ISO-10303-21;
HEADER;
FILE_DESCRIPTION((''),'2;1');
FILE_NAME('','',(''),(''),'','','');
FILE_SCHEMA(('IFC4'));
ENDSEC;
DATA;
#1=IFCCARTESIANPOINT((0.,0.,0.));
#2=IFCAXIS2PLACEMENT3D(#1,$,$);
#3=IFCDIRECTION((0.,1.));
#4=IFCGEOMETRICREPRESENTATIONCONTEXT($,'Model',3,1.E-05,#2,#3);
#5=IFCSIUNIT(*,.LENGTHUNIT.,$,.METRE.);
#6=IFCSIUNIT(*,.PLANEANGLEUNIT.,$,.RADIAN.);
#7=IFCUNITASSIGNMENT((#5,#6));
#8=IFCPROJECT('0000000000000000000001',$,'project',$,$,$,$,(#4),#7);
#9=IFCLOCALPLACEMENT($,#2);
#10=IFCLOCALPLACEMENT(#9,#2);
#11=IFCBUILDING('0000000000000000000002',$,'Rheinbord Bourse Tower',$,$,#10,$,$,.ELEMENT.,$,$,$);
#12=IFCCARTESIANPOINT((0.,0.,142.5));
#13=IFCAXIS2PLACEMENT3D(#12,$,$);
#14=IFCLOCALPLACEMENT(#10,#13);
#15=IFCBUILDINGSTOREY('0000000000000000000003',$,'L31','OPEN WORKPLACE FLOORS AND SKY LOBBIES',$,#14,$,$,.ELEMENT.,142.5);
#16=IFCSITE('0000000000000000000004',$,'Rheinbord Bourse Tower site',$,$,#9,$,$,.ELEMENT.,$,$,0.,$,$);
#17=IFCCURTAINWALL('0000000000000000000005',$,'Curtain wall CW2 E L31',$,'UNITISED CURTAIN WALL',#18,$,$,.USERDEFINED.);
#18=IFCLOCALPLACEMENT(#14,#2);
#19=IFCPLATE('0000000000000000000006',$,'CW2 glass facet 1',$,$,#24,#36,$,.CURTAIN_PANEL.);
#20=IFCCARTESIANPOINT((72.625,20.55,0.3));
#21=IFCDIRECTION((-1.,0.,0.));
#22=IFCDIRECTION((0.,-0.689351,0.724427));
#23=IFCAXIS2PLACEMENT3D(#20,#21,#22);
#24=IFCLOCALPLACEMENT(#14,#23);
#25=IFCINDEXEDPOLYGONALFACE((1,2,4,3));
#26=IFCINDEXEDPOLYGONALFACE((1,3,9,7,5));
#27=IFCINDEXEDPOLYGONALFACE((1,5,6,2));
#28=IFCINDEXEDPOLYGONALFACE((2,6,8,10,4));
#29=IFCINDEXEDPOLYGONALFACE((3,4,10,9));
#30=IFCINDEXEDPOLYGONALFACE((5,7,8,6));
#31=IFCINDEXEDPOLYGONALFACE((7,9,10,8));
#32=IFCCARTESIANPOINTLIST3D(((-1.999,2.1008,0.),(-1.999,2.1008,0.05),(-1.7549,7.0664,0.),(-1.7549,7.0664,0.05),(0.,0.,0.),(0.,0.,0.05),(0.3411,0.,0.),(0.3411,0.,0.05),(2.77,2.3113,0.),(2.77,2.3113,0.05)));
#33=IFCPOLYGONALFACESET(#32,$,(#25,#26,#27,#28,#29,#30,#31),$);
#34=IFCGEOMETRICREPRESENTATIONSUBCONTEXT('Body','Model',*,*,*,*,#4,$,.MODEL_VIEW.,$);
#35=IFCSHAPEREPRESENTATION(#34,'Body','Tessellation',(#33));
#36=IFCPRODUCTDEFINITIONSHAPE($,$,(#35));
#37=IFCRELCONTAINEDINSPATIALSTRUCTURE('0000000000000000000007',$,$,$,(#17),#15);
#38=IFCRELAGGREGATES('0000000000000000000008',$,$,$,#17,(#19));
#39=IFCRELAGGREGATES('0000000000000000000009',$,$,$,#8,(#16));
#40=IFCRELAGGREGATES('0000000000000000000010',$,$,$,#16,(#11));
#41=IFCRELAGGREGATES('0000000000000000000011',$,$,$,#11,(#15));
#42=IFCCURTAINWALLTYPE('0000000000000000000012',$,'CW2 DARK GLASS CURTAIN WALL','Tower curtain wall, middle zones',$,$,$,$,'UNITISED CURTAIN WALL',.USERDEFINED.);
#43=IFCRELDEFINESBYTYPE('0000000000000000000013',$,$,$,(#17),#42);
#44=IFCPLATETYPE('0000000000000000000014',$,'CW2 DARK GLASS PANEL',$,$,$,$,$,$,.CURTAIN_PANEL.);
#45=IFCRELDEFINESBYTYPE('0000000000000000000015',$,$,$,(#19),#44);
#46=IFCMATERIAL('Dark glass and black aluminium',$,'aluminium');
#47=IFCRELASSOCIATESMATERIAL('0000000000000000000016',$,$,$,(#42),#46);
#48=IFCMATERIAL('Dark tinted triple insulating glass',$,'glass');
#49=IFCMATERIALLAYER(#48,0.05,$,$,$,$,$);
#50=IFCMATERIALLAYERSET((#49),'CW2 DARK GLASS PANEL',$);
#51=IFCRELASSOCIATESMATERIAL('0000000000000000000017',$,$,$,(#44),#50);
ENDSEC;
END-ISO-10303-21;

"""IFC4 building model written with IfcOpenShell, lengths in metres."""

from ifc_helpers import new_model, si_unit, direction, frame, origin, place, context, subcontext, project, spatial, polyline, outline, extrude, material, layer, layer_set, type_object, element, aggregate, save


model = new_model("IFC4")

# Units and contexts
model_context = context("Model", 3, precision=1e-05, world=origin(), true_north=direction((0.0, 1.0)))
body_context = subcontext(model_context, "Body", "Model", "MODEL_VIEW")
ifc_project = project(units=[si_unit("LENGTHUNIT", "METRE"), si_unit("PLANEANGLEUNIT", "RADIAN")], contexts=[model_context])

# Site, building, storey
site_placement = place(None, origin())
site = spatial("IfcSite", under=ifc_project, at=site_placement, Name="Rheinbord Bourse Tower site", CompositionType="ELEMENT", RefElevation=0.0)
building_placement = place(site_placement, origin())
building = spatial("IfcBuilding", under=site, at=building_placement, Name="Rheinbord Bourse Tower", CompositionType="ELEMENT")
storey_placement = place(building_placement, frame((0.0, 0.0, 142.5)))
storey = spatial("IfcBuildingStorey", under=building, at=storey_placement, Name="L31", Description="OPEN WORKPLACE FLOORS AND SKY LOBBIES", CompositionType="ELEMENT", Elevation=142.5)

# Curtain wall
ifc_material_1 = material(Name="Dark glass and black aluminium", Category="aluminium")
curtain_wall_type = type_object("IfcCurtainWallType", Name="CW2 DARK GLASS CURTAIN WALL", Description="Tower curtain wall, middle zones", ElementType="UNITISED CURTAIN WALL", PredefinedType="USERDEFINED", material=ifc_material_1)
curtain_wall_placement = place(storey_placement, origin())
curtain_wall = element("IfcCurtainWall", 1, at=curtain_wall_placement, inside=storey, type_object=curtain_wall_type, Name="Curtain wall CW2 E L31", ObjectType="UNITISED CURTAIN WALL", PredefinedType="USERDEFINED")

# Plate
ifc_material_2 = material(Name="Dark tinted triple insulating glass", Category="glass")
ifc_layer_1 = layer(ifc_material_2, 0.05)
ifc_layer_set_1 = layer_set([ifc_layer_1], Name="CW2 DARK GLASS PANEL")
plate_type = type_object("IfcPlateType", Name="CW2 DARK GLASS PANEL", PredefinedType="CURTAIN_PANEL", material=ifc_layer_set_1)
plate_1_placement = place(storey_placement, frame((72.625, 20.55, 0.3), z_axis=(-1.0, 0.0, 0.0), x_axis=(0.0, -0.689351, 0.724427)))
plate_1 = element("IfcPlate", 2, at=plate_1_placement, type_object=plate_type, Name="CW2 glass facet 1", PredefinedType="CURTAIN_PANEL", context=body_context, shape_type="SweptSolid", body=[
    extrude(outline(polyline([(0.0, 0.0), (0.3411, 0.0), (2.77, 2.3113), (-1.7549, 7.0664), (-1.999, 2.1008), (0.0, 0.0)])), origin(), (0.0, 0.0, 1.0), 0.05),
])
aggregate(curtain_wall, [plate_1])

save(model, "model.ifc")
